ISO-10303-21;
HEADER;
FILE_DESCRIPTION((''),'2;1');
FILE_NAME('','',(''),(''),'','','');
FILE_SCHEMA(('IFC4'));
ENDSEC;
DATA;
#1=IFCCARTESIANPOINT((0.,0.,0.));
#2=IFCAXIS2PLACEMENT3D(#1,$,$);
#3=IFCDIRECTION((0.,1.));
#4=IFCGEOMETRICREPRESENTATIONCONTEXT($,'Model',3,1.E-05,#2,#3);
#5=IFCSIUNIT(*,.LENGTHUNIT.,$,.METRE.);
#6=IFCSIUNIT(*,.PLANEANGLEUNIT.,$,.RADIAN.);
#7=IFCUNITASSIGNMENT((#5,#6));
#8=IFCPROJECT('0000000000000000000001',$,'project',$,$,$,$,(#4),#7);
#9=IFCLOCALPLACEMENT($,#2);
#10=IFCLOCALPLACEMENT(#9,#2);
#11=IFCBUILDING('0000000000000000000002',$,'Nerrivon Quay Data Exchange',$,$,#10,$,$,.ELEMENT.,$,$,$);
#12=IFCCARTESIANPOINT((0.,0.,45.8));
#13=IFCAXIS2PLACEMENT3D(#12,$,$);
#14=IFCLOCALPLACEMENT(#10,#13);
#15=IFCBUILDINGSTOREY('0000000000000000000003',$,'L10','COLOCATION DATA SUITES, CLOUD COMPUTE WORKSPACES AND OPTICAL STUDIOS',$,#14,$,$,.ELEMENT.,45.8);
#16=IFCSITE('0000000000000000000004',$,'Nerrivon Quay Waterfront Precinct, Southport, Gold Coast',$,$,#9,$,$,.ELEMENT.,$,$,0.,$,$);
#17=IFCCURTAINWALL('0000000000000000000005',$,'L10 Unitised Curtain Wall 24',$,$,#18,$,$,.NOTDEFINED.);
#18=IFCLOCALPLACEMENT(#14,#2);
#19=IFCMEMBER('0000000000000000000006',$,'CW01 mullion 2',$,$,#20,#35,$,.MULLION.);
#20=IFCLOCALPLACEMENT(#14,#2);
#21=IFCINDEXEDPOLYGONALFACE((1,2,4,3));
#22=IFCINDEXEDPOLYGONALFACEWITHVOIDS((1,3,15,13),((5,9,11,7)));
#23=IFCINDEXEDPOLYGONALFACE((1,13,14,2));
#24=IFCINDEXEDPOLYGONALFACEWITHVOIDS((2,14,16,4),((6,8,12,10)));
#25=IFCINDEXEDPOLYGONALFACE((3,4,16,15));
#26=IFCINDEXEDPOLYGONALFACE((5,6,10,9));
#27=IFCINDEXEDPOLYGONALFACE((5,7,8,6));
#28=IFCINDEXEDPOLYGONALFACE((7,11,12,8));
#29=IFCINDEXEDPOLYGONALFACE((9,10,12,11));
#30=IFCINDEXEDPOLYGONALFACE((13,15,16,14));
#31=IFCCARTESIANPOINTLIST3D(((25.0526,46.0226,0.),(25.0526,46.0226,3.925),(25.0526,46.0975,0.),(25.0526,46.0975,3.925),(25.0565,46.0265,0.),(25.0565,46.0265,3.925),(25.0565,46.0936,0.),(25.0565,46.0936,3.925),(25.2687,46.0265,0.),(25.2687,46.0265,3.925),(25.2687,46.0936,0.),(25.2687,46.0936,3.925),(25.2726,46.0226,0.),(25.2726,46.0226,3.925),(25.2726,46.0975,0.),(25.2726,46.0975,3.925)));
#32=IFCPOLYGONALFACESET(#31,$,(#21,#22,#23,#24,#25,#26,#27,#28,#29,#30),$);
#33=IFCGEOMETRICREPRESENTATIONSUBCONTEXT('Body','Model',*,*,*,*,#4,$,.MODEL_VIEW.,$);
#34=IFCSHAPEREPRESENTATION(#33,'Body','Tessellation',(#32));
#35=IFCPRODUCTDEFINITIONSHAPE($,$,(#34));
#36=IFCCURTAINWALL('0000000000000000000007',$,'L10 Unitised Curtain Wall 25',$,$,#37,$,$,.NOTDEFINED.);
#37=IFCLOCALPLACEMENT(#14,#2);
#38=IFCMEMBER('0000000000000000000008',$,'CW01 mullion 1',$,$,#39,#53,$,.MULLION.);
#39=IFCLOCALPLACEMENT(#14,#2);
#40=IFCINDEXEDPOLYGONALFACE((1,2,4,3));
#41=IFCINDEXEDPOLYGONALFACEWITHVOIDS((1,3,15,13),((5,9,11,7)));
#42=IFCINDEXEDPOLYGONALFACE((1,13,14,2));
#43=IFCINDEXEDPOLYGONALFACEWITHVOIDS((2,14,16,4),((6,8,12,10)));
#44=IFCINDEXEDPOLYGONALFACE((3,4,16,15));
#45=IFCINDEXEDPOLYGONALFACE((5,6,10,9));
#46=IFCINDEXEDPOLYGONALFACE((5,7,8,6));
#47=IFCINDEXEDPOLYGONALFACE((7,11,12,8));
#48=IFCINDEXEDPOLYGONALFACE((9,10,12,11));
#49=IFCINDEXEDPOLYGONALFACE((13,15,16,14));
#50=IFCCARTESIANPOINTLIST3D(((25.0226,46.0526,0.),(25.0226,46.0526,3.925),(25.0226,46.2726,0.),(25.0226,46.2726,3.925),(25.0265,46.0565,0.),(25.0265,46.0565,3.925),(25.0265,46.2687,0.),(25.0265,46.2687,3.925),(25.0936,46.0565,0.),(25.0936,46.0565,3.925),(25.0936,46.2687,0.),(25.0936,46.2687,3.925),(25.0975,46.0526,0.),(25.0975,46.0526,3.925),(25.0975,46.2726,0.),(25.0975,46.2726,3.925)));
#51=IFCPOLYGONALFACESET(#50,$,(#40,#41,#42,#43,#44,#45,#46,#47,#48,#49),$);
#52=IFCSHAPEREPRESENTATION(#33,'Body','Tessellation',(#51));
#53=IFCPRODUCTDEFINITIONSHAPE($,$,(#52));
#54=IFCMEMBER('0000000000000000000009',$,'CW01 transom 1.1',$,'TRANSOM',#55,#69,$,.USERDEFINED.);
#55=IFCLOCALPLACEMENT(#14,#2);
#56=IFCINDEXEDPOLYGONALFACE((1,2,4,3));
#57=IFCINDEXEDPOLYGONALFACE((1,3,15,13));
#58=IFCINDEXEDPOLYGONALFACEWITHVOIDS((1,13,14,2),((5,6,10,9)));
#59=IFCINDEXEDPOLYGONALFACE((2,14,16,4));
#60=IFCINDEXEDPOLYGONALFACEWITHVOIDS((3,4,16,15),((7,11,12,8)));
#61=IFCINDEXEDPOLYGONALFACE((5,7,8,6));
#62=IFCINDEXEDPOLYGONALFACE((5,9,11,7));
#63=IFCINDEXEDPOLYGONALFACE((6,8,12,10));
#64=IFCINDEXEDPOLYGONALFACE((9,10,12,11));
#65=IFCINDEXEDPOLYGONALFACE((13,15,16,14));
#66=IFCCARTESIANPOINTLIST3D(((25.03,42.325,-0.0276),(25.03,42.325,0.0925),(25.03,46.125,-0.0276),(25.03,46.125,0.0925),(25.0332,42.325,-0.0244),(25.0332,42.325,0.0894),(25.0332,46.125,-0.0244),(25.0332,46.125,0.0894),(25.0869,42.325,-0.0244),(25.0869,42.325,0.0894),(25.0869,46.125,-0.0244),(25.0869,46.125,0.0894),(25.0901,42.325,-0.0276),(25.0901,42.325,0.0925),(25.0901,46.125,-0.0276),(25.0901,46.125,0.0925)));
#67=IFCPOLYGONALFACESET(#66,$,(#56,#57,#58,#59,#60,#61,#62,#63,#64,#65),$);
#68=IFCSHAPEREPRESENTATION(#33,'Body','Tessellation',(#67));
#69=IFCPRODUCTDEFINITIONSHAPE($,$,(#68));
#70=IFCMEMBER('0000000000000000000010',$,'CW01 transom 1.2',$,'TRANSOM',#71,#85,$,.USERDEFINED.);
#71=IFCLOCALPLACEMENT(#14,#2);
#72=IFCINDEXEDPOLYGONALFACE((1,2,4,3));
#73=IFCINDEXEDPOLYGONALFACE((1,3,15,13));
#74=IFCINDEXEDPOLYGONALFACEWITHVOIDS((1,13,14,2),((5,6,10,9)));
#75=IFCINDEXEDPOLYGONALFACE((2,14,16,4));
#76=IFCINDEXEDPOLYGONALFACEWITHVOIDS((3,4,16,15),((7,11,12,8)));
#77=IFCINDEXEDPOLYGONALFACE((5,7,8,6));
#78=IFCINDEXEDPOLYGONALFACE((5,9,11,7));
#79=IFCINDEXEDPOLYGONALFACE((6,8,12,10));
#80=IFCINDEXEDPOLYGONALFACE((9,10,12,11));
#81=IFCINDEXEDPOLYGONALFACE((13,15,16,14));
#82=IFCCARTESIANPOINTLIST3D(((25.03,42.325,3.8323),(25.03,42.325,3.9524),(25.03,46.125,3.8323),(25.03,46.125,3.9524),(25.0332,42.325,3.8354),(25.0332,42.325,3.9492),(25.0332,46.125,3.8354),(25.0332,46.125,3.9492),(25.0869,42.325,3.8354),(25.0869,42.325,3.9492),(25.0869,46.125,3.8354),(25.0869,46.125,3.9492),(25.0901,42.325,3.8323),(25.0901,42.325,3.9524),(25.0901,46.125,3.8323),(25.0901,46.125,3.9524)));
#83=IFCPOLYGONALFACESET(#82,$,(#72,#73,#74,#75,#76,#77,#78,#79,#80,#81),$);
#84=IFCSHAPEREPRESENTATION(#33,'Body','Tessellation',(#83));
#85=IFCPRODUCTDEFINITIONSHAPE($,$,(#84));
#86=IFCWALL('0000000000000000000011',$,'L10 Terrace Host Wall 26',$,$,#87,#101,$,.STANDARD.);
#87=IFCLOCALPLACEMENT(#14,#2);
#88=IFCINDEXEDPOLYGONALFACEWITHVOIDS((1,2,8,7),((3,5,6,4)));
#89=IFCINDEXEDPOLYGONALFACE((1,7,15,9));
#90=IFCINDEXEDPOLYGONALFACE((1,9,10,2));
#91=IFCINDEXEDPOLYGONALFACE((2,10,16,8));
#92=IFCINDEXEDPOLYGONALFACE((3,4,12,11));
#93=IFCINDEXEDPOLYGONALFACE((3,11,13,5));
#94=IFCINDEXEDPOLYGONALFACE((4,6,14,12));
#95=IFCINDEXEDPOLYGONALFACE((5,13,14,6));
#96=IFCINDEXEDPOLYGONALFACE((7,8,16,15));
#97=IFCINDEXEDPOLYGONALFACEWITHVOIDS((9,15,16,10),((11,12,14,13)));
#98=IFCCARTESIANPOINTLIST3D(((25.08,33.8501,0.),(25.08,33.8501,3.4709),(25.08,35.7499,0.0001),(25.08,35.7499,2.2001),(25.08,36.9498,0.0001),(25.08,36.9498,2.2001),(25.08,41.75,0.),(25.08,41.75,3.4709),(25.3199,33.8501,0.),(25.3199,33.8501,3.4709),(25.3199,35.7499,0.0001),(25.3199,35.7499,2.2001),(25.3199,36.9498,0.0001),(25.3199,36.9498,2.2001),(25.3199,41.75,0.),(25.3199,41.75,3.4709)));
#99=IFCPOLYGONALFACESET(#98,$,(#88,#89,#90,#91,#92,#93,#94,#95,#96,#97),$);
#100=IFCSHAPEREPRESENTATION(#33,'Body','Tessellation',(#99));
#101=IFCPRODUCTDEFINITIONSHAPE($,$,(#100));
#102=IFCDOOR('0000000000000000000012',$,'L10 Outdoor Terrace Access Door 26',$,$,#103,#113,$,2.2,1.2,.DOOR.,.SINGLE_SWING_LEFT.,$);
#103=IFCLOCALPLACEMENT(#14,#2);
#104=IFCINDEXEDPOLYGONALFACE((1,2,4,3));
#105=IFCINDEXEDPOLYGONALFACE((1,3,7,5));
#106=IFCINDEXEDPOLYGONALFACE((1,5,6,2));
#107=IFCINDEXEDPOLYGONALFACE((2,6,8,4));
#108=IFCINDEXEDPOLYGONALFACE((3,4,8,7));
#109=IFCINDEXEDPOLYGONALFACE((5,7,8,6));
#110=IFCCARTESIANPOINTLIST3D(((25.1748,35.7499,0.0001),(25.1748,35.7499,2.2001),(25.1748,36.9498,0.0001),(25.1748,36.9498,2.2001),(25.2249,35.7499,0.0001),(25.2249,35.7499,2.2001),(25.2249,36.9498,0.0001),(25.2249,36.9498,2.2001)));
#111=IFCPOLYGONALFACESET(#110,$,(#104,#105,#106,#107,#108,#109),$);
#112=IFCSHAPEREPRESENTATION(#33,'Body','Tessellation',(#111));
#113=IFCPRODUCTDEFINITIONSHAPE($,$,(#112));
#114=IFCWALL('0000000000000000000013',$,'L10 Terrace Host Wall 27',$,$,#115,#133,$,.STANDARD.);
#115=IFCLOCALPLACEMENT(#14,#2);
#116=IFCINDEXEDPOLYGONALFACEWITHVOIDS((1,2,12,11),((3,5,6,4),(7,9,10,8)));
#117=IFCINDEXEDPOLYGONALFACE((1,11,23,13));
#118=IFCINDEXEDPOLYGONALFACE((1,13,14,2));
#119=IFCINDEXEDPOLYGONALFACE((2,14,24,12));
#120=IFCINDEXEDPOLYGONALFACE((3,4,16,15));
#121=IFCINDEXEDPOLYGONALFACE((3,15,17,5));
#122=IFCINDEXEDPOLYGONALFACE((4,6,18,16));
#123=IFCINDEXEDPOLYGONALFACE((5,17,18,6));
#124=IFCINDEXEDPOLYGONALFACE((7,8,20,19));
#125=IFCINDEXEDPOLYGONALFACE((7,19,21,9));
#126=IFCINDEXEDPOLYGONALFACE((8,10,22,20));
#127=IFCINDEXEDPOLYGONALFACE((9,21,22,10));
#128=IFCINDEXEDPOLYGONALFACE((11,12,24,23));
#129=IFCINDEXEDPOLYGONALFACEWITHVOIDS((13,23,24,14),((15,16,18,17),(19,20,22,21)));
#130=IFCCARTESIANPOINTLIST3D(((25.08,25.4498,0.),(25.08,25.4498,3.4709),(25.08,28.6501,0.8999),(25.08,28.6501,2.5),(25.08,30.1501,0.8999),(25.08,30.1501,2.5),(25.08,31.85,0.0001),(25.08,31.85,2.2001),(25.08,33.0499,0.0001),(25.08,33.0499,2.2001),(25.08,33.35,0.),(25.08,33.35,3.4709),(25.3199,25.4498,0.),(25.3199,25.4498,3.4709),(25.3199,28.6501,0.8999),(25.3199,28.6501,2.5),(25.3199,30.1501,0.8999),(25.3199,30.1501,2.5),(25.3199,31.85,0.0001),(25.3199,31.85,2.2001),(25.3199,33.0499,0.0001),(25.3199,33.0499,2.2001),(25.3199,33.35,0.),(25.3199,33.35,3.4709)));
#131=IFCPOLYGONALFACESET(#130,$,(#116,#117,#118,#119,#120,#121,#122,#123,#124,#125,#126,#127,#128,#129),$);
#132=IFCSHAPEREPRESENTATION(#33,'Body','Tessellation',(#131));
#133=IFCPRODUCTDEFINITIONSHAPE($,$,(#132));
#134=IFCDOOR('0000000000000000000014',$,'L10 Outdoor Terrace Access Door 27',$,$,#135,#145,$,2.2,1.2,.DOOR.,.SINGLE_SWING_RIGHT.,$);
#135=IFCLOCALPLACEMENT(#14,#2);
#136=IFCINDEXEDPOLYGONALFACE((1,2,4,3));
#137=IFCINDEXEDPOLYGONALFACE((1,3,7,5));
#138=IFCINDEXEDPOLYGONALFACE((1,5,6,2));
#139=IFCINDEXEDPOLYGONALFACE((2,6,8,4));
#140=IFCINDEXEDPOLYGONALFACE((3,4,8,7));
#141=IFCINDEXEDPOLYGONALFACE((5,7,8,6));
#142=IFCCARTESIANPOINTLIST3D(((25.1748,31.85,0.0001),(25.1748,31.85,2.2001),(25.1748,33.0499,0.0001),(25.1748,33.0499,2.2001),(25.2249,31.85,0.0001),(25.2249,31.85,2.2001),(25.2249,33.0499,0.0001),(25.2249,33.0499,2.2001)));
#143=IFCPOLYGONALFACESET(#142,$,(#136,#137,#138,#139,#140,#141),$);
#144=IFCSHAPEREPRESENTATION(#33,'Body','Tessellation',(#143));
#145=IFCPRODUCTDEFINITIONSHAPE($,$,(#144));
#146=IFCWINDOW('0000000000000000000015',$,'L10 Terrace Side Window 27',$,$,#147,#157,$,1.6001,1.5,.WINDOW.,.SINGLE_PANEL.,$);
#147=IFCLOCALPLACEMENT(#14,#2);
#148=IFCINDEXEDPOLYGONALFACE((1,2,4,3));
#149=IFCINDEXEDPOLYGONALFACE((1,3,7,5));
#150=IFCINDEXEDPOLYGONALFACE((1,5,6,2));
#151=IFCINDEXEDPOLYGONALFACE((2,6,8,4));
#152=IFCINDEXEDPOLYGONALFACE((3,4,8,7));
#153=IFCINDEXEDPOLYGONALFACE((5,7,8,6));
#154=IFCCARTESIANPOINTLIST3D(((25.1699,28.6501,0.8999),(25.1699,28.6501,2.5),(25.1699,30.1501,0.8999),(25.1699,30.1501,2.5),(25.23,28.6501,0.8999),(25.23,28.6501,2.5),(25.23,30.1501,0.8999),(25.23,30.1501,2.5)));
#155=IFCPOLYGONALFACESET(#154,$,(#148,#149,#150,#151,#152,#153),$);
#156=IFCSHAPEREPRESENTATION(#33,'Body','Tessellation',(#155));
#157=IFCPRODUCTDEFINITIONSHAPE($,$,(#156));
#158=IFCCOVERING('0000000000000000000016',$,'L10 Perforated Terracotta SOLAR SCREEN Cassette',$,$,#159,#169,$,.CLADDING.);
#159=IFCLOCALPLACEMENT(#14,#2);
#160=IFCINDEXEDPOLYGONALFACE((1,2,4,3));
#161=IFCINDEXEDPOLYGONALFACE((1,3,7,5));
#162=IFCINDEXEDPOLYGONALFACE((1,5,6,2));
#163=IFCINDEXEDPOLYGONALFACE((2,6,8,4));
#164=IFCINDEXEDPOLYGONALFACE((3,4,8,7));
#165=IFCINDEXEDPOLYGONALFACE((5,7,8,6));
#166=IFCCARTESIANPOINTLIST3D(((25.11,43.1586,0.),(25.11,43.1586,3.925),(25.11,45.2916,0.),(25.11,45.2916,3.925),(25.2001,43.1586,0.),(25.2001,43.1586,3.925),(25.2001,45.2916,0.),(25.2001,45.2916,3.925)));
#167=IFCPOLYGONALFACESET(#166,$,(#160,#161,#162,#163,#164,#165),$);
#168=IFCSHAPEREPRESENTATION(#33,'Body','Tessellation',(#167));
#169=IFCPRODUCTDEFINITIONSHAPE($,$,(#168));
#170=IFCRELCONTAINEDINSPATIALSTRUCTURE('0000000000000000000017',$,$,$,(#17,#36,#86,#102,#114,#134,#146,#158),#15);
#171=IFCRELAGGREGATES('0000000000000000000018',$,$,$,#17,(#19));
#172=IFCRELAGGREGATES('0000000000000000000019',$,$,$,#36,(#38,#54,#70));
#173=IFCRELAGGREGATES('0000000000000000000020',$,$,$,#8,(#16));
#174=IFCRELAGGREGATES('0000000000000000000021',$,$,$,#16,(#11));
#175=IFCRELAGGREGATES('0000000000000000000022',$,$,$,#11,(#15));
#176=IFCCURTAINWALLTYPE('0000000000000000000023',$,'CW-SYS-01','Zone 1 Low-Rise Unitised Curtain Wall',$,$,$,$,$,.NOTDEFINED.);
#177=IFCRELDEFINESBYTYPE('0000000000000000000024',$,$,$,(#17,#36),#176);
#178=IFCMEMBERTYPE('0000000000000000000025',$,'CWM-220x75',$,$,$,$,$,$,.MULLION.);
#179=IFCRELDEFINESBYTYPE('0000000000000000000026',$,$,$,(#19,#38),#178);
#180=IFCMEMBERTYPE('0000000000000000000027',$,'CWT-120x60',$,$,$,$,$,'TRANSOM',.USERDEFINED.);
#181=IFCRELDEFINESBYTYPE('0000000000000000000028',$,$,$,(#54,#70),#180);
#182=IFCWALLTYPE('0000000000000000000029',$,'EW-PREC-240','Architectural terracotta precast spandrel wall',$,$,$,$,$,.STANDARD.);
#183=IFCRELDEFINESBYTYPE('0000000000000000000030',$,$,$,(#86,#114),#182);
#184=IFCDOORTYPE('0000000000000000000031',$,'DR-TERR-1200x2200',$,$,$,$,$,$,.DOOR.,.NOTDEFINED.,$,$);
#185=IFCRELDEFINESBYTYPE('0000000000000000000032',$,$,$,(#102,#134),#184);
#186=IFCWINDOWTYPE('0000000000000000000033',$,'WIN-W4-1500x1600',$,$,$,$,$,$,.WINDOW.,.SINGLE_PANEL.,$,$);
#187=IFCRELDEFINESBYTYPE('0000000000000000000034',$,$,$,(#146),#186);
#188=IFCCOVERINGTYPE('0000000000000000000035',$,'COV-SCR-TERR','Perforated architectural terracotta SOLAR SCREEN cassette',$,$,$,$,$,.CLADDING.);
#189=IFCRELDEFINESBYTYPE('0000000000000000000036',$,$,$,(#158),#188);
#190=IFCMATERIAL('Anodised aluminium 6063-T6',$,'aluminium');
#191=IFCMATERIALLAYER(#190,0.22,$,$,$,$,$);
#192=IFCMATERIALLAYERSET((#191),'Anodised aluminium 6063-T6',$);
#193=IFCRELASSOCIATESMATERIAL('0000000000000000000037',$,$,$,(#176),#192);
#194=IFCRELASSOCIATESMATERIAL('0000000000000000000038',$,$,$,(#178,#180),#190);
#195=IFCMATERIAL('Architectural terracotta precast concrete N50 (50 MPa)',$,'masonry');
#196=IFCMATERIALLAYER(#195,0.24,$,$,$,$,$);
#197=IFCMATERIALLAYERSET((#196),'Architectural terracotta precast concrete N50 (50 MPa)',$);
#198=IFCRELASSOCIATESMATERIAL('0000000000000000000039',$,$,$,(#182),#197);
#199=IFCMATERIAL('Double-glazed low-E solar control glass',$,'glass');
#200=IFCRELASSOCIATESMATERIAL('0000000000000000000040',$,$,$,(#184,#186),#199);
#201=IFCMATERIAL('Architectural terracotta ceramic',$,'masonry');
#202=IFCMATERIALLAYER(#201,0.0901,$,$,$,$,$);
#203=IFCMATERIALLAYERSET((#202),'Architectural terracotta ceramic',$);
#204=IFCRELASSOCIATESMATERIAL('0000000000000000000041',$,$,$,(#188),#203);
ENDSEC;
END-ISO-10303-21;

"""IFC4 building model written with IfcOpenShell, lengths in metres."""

from ifc_helpers import new_model, si_unit, direction, frame, frame_2d, origin, origin_2d, place, context, subcontext, project, spatial, rectangle, hollow_rectangle, extrude, material, layer, layer_set, material_profile, profile_set, type_object, element, fill, aggregate, save


model = new_model("IFC4")

# Units and contexts
model_context = context("Model", 3, precision=1e-05, world=origin(), true_north=direction((0.0, 1.0)))
body_context = subcontext(model_context, "Body", "Model", "MODEL_VIEW")
ifc_project = project(units=[si_unit("LENGTHUNIT", "METRE"), si_unit("PLANEANGLEUNIT", "RADIAN")], contexts=[model_context])

# Site, building, storey
site_placement = place(None, origin())
site = spatial("IfcSite", under=ifc_project, at=site_placement, Name="Nerrivon Quay Waterfront Precinct, Southport, Gold Coast", CompositionType="ELEMENT", RefElevation=0.0)
building_placement = place(site_placement, origin())
building = spatial("IfcBuilding", under=site, at=building_placement, Name="Nerrivon Quay Data Exchange", CompositionType="ELEMENT")
storey_placement = place(building_placement, frame((0.0, 0.0, 45.8)))
storey = spatial("IfcBuildingStorey", under=building, at=storey_placement, Name="L10", Description="COLOCATION DATA SUITES, CLOUD COMPUTE WORKSPACES AND OPTICAL STUDIOS", CompositionType="ELEMENT", Elevation=45.8)

# Curtain wall, member
ifc_material_1 = material(Name="Anodised aluminium 6063-T6", Category="aluminium")
ifc_layer_1 = layer(ifc_material_1, 0.22)
ifc_layer_set_1 = layer_set([ifc_layer_1], Name="Anodised aluminium 6063-T6")
curtain_wall_type = type_object("IfcCurtainWallType", Name="CW-SYS-01", Description="Zone 1 Low-Rise Unitised Curtain Wall", PredefinedType="NOTDEFINED", material=ifc_layer_set_1)
curtain_wall_1_placement = place(storey_placement, origin())
curtain_wall_1 = element("IfcCurtainWall", 1, at=curtain_wall_1_placement, inside=storey, type_object=curtain_wall_type, Name="L10 Unitised Curtain Wall 24", PredefinedType="NOTDEFINED")
ifc_material_profile_1 = material_profile(ifc_material_1, hollow_rectangle(XDim=0.075, YDim=0.22, WallThickness=0.0039, at=origin_2d()), Name="ALU-MULL-220x75")
ifc_profile_set_1 = profile_set([ifc_material_profile_1], Name="Anodised aluminium 6063-T6")
member_type_1 = type_object("IfcMemberType", Name="CWM-220x75", PredefinedType="MULLION", material=ifc_profile_set_1)
member_1_placement = place(storey_placement, frame((25.1626, 46.0601, 0.0), z_axis=(0.0, 0.0, 1.0), x_axis=(0.0, 1.0, 0.0)))
member_1 = element("IfcMember", 2, at=member_1_placement, type_object=member_type_1, Name="CW01 mullion 2", PredefinedType="MULLION", context=body_context, shape_type="SweptSolid", body=[
    extrude(hollow_rectangle(XDim=0.075, YDim=0.22, WallThickness=0.0039, at=origin_2d()), origin(), (0.0, 0.0, 1.0), 3.925),
])
aggregate(curtain_wall_1, [member_1])

# Curtain wall, members
curtain_wall_2_placement = place(storey_placement, origin())
curtain_wall_2 = element("IfcCurtainWall", 3, at=curtain_wall_2_placement, inside=storey, type_object=curtain_wall_type, Name="L10 Unitised Curtain Wall 25", PredefinedType="NOTDEFINED")
member_2_placement = place(storey_placement, frame((25.0601, 46.1626, 0.0), z_axis=(0.0, 0.0, 1.0), x_axis=(1.0, 0.0, 0.0)))
member_2 = element("IfcMember", 4, at=member_2_placement, type_object=member_type_1, Name="CW01 mullion 1", PredefinedType="MULLION", context=body_context, shape_type="SweptSolid", body=[
    extrude(hollow_rectangle(XDim=0.075, YDim=0.22, WallThickness=0.0039, at=origin_2d()), origin(), (0.0, 0.0, 1.0), 3.925),
])
ifc_material_profile_2 = material_profile(ifc_material_1, hollow_rectangle(XDim=0.0601, YDim=0.1201, WallThickness=0.0032, at=origin_2d()), Name="ALU-TRAN-120x60")
ifc_profile_set_2 = profile_set([ifc_material_profile_2], Name="Anodised aluminium 6063-T6")
member_type_2 = type_object("IfcMemberType", Name="CWT-120x60", ElementType="TRANSOM", PredefinedType="USERDEFINED", material=ifc_profile_set_2)
member_3_placement = place(storey_placement, frame((25.0601, 46.125, 0.0325), z_axis=(0.0, -1.0, 0.0), x_axis=(1.0, 0.0, 0.0)))
member_3 = element("IfcMember", 5, at=member_3_placement, type_object=member_type_2, Name="CW01 transom 1.1", ObjectType="TRANSOM", PredefinedType="USERDEFINED", context=body_context, shape_type="SweptSolid", body=[
    extrude(hollow_rectangle(XDim=0.0601, YDim=0.1201, WallThickness=0.0032, at=origin_2d()), origin(), (0.0, 0.0, 1.0), 3.8),
])
member_4_placement = place(storey_placement, frame((25.0601, 46.125, 3.8923), z_axis=(0.0, -1.0, 0.0), x_axis=(1.0, 0.0, 0.0)))
member_4 = element("IfcMember", 6, at=member_4_placement, type_object=member_type_2, Name="CW01 transom 1.2", ObjectType="TRANSOM", PredefinedType="USERDEFINED", context=body_context, shape_type="SweptSolid", body=[
    extrude(hollow_rectangle(XDim=0.0601, YDim=0.1201, WallThickness=0.0032, at=origin_2d()), origin(), (0.0, 0.0, 1.0), 3.8),
])
aggregate(curtain_wall_2, [member_2, member_3, member_4])

# Wall, opening, door
ifc_material_2 = material(Name="Architectural terracotta precast concrete N50 (50 MPa)", Category="masonry")
ifc_layer_2 = layer(ifc_material_2, 0.24)
ifc_layer_set_2 = layer_set([ifc_layer_2], Name="Architectural terracotta precast concrete N50 (50 MPa)")
wall_type = type_object("IfcWallType", Name="EW-PREC-240", Description="Architectural terracotta precast spandrel wall", PredefinedType="STANDARD", material=ifc_layer_set_2)
wall_1_placement = place(storey_placement, frame((25.2, 41.75, 0.0), z_axis=(0.0, 0.0, 1.0), x_axis=(0.0, -1.0, 0.0)))
wall_1 = element("IfcWall", 7, at=wall_1_placement, inside=storey, type_object=wall_type, Name="L10 Terrace Host Wall 26", PredefinedType="STANDARD", context=body_context, shape_type="SweptSolid", body=[
    extrude(rectangle(XDim=7.8999, YDim=0.24, at=frame_2d((3.95, 0.0))), origin(), (0.0, 0.0, 1.0), 3.4709),
])
opening_1_placement = place(wall_1_placement, frame((4.8, 0.0, 0.0)))
opening_1 = element("IfcOpeningElement", 8, at=opening_1_placement, cuts=wall_1, PredefinedType="OPENING", context=body_context, shape_type="SweptSolid", body=[
    extrude(rectangle(XDim=1.2, YDim=2.2, at=frame_2d((0.6001, 1.1001))), frame((0.0, 0.1299, 0.0), z_axis=(0.0, -1.0, 0.0), x_axis=(1.0, 0.0, 0.0)), (0.0, 0.0, 1.0), 0.26),
])
ifc_material_3 = material(Name="Double-glazed low-E solar control glass", Category="glass")
door_type = type_object("IfcDoorType", Name="DR-TERR-1200x2200", OperationType="NOTDEFINED", PredefinedType="DOOR", material=ifc_material_3)
door_1_placement = place(opening_1_placement, origin())
door_1 = element("IfcDoor", 9, at=door_1_placement, inside=storey, type_object=door_type, Name="L10 Outdoor Terrace Access Door 26", OperationType="SINGLE_SWING_LEFT", OverallHeight=2.2, OverallWidth=1.2, PredefinedType="DOOR", context=body_context, shape_type="SweptSolid", body=[
    extrude(rectangle(XDim=1.2, YDim=2.2, at=frame_2d((0.6001, 1.1001))), frame((0.0, 0.0249, 0.0), z_axis=(0.0, -1.0, 0.0), x_axis=(1.0, 0.0, 0.0)), (0.0, 0.0, 1.0), 0.05),
])
fill(opening_1, door_1)

# Wall, openings, door, window
wall_2_placement = place(storey_placement, frame((25.2, 33.3501, 0.0), z_axis=(0.0, 0.0, 1.0), x_axis=(0.0, -1.0, 0.0)))
wall_2 = element("IfcWall", 10, at=wall_2_placement, inside=storey, type_object=wall_type, Name="L10 Terrace Host Wall 27", PredefinedType="STANDARD", context=body_context, shape_type="SweptSolid", body=[
    extrude(rectangle(XDim=7.9001, YDim=0.24, at=frame_2d((3.9502, 0.0))), origin(), (0.0, 0.0, 1.0), 3.4709),
])
opening_2_placement = place(wall_2_placement, frame((0.3, 0.0, 0.0)))
opening_2 = element("IfcOpeningElement", 11, at=opening_2_placement, cuts=wall_2, PredefinedType="OPENING", context=body_context, shape_type="SweptSolid", body=[
    extrude(rectangle(XDim=1.2, YDim=2.2, at=frame_2d((0.6001, 1.1001))), frame((0.0, 0.1299, 0.0), z_axis=(0.0, -1.0, 0.0), x_axis=(1.0, 0.0, 0.0)), (0.0, 0.0, 1.0), 0.26),
])
opening_3_placement = place(wall_2_placement, frame((3.2, 0.0, 0.8999)))
opening_3 = element("IfcOpeningElement", 12, at=opening_3_placement, cuts=wall_2, PredefinedType="OPENING", context=body_context, shape_type="SweptSolid", body=[
    extrude(rectangle(XDim=1.5, YDim=1.6001, at=frame_2d((0.75, 0.8))), frame((0.0, 0.1299, 0.0), z_axis=(0.0, -1.0, 0.0), x_axis=(1.0, 0.0, 0.0)), (0.0, 0.0, 1.0), 0.26),
])
door_2_placement = place(opening_2_placement, origin())
door_2 = element("IfcDoor", 13, at=door_2_placement, inside=storey, type_object=door_type, Name="L10 Outdoor Terrace Access Door 27", OperationType="SINGLE_SWING_RIGHT", OverallHeight=2.2, OverallWidth=1.2, PredefinedType="DOOR", context=body_context, shape_type="SweptSolid", body=[
    extrude(rectangle(XDim=1.2, YDim=2.2, at=frame_2d((0.6001, 1.1001))), frame((0.0, 0.0249, 0.0), z_axis=(0.0, -1.0, 0.0), x_axis=(1.0, 0.0, 0.0)), (0.0, 0.0, 1.0), 0.05),
])
fill(opening_2, door_2)
window_type = type_object("IfcWindowType", Name="WIN-W4-1500x1600", PartitioningType="SINGLE_PANEL", PredefinedType="WINDOW", material=ifc_material_3)
window_placement = place(opening_3_placement, origin())
window = element("IfcWindow", 14, at=window_placement, inside=storey, type_object=window_type, Name="L10 Terrace Side Window 27", OverallHeight=1.6001, OverallWidth=1.5, PartitioningType="SINGLE_PANEL", PredefinedType="WINDOW", context=body_context, shape_type="SweptSolid", body=[
    extrude(rectangle(XDim=1.5, YDim=1.6001, at=frame_2d((0.75, 0.8))), frame((0.0, 0.03, 0.0), z_axis=(0.0, -1.0, 0.0), x_axis=(1.0, 0.0, 0.0)), (0.0, 0.0, 1.0), 0.0601),
])
fill(opening_3, window)

# Covering
ifc_material_4 = material(Name="Architectural terracotta ceramic", Category="masonry")
ifc_layer_3 = layer(ifc_material_4, 0.0901)
ifc_layer_set_3 = layer_set([ifc_layer_3], Name="Architectural terracotta ceramic")
covering_type = type_object("IfcCoveringType", Name="COV-SCR-TERR", Description="Perforated architectural terracotta SOLAR SCREEN cassette", PredefinedType="CLADDING", material=ifc_layer_set_3)
covering_1_placement = place(storey_placement, frame((25.155, 44.2251, 0.0), z_axis=(0.0, 0.0, 1.0), x_axis=(0.0, -1.0, 0.0)))
element("IfcCovering", 15, at=covering_1_placement, inside=storey, type_object=covering_type, Name="L10 Perforated Terracotta SOLAR SCREEN Cassette", PredefinedType="CLADDING", context=body_context, shape_type="SweptSolid", body=[
    extrude(rectangle(XDim=2.1331, YDim=0.0901, at=origin_2d()), origin(), (0.0, 0.0, 1.0), 3.925),
])

save(model, "model.ifc")
